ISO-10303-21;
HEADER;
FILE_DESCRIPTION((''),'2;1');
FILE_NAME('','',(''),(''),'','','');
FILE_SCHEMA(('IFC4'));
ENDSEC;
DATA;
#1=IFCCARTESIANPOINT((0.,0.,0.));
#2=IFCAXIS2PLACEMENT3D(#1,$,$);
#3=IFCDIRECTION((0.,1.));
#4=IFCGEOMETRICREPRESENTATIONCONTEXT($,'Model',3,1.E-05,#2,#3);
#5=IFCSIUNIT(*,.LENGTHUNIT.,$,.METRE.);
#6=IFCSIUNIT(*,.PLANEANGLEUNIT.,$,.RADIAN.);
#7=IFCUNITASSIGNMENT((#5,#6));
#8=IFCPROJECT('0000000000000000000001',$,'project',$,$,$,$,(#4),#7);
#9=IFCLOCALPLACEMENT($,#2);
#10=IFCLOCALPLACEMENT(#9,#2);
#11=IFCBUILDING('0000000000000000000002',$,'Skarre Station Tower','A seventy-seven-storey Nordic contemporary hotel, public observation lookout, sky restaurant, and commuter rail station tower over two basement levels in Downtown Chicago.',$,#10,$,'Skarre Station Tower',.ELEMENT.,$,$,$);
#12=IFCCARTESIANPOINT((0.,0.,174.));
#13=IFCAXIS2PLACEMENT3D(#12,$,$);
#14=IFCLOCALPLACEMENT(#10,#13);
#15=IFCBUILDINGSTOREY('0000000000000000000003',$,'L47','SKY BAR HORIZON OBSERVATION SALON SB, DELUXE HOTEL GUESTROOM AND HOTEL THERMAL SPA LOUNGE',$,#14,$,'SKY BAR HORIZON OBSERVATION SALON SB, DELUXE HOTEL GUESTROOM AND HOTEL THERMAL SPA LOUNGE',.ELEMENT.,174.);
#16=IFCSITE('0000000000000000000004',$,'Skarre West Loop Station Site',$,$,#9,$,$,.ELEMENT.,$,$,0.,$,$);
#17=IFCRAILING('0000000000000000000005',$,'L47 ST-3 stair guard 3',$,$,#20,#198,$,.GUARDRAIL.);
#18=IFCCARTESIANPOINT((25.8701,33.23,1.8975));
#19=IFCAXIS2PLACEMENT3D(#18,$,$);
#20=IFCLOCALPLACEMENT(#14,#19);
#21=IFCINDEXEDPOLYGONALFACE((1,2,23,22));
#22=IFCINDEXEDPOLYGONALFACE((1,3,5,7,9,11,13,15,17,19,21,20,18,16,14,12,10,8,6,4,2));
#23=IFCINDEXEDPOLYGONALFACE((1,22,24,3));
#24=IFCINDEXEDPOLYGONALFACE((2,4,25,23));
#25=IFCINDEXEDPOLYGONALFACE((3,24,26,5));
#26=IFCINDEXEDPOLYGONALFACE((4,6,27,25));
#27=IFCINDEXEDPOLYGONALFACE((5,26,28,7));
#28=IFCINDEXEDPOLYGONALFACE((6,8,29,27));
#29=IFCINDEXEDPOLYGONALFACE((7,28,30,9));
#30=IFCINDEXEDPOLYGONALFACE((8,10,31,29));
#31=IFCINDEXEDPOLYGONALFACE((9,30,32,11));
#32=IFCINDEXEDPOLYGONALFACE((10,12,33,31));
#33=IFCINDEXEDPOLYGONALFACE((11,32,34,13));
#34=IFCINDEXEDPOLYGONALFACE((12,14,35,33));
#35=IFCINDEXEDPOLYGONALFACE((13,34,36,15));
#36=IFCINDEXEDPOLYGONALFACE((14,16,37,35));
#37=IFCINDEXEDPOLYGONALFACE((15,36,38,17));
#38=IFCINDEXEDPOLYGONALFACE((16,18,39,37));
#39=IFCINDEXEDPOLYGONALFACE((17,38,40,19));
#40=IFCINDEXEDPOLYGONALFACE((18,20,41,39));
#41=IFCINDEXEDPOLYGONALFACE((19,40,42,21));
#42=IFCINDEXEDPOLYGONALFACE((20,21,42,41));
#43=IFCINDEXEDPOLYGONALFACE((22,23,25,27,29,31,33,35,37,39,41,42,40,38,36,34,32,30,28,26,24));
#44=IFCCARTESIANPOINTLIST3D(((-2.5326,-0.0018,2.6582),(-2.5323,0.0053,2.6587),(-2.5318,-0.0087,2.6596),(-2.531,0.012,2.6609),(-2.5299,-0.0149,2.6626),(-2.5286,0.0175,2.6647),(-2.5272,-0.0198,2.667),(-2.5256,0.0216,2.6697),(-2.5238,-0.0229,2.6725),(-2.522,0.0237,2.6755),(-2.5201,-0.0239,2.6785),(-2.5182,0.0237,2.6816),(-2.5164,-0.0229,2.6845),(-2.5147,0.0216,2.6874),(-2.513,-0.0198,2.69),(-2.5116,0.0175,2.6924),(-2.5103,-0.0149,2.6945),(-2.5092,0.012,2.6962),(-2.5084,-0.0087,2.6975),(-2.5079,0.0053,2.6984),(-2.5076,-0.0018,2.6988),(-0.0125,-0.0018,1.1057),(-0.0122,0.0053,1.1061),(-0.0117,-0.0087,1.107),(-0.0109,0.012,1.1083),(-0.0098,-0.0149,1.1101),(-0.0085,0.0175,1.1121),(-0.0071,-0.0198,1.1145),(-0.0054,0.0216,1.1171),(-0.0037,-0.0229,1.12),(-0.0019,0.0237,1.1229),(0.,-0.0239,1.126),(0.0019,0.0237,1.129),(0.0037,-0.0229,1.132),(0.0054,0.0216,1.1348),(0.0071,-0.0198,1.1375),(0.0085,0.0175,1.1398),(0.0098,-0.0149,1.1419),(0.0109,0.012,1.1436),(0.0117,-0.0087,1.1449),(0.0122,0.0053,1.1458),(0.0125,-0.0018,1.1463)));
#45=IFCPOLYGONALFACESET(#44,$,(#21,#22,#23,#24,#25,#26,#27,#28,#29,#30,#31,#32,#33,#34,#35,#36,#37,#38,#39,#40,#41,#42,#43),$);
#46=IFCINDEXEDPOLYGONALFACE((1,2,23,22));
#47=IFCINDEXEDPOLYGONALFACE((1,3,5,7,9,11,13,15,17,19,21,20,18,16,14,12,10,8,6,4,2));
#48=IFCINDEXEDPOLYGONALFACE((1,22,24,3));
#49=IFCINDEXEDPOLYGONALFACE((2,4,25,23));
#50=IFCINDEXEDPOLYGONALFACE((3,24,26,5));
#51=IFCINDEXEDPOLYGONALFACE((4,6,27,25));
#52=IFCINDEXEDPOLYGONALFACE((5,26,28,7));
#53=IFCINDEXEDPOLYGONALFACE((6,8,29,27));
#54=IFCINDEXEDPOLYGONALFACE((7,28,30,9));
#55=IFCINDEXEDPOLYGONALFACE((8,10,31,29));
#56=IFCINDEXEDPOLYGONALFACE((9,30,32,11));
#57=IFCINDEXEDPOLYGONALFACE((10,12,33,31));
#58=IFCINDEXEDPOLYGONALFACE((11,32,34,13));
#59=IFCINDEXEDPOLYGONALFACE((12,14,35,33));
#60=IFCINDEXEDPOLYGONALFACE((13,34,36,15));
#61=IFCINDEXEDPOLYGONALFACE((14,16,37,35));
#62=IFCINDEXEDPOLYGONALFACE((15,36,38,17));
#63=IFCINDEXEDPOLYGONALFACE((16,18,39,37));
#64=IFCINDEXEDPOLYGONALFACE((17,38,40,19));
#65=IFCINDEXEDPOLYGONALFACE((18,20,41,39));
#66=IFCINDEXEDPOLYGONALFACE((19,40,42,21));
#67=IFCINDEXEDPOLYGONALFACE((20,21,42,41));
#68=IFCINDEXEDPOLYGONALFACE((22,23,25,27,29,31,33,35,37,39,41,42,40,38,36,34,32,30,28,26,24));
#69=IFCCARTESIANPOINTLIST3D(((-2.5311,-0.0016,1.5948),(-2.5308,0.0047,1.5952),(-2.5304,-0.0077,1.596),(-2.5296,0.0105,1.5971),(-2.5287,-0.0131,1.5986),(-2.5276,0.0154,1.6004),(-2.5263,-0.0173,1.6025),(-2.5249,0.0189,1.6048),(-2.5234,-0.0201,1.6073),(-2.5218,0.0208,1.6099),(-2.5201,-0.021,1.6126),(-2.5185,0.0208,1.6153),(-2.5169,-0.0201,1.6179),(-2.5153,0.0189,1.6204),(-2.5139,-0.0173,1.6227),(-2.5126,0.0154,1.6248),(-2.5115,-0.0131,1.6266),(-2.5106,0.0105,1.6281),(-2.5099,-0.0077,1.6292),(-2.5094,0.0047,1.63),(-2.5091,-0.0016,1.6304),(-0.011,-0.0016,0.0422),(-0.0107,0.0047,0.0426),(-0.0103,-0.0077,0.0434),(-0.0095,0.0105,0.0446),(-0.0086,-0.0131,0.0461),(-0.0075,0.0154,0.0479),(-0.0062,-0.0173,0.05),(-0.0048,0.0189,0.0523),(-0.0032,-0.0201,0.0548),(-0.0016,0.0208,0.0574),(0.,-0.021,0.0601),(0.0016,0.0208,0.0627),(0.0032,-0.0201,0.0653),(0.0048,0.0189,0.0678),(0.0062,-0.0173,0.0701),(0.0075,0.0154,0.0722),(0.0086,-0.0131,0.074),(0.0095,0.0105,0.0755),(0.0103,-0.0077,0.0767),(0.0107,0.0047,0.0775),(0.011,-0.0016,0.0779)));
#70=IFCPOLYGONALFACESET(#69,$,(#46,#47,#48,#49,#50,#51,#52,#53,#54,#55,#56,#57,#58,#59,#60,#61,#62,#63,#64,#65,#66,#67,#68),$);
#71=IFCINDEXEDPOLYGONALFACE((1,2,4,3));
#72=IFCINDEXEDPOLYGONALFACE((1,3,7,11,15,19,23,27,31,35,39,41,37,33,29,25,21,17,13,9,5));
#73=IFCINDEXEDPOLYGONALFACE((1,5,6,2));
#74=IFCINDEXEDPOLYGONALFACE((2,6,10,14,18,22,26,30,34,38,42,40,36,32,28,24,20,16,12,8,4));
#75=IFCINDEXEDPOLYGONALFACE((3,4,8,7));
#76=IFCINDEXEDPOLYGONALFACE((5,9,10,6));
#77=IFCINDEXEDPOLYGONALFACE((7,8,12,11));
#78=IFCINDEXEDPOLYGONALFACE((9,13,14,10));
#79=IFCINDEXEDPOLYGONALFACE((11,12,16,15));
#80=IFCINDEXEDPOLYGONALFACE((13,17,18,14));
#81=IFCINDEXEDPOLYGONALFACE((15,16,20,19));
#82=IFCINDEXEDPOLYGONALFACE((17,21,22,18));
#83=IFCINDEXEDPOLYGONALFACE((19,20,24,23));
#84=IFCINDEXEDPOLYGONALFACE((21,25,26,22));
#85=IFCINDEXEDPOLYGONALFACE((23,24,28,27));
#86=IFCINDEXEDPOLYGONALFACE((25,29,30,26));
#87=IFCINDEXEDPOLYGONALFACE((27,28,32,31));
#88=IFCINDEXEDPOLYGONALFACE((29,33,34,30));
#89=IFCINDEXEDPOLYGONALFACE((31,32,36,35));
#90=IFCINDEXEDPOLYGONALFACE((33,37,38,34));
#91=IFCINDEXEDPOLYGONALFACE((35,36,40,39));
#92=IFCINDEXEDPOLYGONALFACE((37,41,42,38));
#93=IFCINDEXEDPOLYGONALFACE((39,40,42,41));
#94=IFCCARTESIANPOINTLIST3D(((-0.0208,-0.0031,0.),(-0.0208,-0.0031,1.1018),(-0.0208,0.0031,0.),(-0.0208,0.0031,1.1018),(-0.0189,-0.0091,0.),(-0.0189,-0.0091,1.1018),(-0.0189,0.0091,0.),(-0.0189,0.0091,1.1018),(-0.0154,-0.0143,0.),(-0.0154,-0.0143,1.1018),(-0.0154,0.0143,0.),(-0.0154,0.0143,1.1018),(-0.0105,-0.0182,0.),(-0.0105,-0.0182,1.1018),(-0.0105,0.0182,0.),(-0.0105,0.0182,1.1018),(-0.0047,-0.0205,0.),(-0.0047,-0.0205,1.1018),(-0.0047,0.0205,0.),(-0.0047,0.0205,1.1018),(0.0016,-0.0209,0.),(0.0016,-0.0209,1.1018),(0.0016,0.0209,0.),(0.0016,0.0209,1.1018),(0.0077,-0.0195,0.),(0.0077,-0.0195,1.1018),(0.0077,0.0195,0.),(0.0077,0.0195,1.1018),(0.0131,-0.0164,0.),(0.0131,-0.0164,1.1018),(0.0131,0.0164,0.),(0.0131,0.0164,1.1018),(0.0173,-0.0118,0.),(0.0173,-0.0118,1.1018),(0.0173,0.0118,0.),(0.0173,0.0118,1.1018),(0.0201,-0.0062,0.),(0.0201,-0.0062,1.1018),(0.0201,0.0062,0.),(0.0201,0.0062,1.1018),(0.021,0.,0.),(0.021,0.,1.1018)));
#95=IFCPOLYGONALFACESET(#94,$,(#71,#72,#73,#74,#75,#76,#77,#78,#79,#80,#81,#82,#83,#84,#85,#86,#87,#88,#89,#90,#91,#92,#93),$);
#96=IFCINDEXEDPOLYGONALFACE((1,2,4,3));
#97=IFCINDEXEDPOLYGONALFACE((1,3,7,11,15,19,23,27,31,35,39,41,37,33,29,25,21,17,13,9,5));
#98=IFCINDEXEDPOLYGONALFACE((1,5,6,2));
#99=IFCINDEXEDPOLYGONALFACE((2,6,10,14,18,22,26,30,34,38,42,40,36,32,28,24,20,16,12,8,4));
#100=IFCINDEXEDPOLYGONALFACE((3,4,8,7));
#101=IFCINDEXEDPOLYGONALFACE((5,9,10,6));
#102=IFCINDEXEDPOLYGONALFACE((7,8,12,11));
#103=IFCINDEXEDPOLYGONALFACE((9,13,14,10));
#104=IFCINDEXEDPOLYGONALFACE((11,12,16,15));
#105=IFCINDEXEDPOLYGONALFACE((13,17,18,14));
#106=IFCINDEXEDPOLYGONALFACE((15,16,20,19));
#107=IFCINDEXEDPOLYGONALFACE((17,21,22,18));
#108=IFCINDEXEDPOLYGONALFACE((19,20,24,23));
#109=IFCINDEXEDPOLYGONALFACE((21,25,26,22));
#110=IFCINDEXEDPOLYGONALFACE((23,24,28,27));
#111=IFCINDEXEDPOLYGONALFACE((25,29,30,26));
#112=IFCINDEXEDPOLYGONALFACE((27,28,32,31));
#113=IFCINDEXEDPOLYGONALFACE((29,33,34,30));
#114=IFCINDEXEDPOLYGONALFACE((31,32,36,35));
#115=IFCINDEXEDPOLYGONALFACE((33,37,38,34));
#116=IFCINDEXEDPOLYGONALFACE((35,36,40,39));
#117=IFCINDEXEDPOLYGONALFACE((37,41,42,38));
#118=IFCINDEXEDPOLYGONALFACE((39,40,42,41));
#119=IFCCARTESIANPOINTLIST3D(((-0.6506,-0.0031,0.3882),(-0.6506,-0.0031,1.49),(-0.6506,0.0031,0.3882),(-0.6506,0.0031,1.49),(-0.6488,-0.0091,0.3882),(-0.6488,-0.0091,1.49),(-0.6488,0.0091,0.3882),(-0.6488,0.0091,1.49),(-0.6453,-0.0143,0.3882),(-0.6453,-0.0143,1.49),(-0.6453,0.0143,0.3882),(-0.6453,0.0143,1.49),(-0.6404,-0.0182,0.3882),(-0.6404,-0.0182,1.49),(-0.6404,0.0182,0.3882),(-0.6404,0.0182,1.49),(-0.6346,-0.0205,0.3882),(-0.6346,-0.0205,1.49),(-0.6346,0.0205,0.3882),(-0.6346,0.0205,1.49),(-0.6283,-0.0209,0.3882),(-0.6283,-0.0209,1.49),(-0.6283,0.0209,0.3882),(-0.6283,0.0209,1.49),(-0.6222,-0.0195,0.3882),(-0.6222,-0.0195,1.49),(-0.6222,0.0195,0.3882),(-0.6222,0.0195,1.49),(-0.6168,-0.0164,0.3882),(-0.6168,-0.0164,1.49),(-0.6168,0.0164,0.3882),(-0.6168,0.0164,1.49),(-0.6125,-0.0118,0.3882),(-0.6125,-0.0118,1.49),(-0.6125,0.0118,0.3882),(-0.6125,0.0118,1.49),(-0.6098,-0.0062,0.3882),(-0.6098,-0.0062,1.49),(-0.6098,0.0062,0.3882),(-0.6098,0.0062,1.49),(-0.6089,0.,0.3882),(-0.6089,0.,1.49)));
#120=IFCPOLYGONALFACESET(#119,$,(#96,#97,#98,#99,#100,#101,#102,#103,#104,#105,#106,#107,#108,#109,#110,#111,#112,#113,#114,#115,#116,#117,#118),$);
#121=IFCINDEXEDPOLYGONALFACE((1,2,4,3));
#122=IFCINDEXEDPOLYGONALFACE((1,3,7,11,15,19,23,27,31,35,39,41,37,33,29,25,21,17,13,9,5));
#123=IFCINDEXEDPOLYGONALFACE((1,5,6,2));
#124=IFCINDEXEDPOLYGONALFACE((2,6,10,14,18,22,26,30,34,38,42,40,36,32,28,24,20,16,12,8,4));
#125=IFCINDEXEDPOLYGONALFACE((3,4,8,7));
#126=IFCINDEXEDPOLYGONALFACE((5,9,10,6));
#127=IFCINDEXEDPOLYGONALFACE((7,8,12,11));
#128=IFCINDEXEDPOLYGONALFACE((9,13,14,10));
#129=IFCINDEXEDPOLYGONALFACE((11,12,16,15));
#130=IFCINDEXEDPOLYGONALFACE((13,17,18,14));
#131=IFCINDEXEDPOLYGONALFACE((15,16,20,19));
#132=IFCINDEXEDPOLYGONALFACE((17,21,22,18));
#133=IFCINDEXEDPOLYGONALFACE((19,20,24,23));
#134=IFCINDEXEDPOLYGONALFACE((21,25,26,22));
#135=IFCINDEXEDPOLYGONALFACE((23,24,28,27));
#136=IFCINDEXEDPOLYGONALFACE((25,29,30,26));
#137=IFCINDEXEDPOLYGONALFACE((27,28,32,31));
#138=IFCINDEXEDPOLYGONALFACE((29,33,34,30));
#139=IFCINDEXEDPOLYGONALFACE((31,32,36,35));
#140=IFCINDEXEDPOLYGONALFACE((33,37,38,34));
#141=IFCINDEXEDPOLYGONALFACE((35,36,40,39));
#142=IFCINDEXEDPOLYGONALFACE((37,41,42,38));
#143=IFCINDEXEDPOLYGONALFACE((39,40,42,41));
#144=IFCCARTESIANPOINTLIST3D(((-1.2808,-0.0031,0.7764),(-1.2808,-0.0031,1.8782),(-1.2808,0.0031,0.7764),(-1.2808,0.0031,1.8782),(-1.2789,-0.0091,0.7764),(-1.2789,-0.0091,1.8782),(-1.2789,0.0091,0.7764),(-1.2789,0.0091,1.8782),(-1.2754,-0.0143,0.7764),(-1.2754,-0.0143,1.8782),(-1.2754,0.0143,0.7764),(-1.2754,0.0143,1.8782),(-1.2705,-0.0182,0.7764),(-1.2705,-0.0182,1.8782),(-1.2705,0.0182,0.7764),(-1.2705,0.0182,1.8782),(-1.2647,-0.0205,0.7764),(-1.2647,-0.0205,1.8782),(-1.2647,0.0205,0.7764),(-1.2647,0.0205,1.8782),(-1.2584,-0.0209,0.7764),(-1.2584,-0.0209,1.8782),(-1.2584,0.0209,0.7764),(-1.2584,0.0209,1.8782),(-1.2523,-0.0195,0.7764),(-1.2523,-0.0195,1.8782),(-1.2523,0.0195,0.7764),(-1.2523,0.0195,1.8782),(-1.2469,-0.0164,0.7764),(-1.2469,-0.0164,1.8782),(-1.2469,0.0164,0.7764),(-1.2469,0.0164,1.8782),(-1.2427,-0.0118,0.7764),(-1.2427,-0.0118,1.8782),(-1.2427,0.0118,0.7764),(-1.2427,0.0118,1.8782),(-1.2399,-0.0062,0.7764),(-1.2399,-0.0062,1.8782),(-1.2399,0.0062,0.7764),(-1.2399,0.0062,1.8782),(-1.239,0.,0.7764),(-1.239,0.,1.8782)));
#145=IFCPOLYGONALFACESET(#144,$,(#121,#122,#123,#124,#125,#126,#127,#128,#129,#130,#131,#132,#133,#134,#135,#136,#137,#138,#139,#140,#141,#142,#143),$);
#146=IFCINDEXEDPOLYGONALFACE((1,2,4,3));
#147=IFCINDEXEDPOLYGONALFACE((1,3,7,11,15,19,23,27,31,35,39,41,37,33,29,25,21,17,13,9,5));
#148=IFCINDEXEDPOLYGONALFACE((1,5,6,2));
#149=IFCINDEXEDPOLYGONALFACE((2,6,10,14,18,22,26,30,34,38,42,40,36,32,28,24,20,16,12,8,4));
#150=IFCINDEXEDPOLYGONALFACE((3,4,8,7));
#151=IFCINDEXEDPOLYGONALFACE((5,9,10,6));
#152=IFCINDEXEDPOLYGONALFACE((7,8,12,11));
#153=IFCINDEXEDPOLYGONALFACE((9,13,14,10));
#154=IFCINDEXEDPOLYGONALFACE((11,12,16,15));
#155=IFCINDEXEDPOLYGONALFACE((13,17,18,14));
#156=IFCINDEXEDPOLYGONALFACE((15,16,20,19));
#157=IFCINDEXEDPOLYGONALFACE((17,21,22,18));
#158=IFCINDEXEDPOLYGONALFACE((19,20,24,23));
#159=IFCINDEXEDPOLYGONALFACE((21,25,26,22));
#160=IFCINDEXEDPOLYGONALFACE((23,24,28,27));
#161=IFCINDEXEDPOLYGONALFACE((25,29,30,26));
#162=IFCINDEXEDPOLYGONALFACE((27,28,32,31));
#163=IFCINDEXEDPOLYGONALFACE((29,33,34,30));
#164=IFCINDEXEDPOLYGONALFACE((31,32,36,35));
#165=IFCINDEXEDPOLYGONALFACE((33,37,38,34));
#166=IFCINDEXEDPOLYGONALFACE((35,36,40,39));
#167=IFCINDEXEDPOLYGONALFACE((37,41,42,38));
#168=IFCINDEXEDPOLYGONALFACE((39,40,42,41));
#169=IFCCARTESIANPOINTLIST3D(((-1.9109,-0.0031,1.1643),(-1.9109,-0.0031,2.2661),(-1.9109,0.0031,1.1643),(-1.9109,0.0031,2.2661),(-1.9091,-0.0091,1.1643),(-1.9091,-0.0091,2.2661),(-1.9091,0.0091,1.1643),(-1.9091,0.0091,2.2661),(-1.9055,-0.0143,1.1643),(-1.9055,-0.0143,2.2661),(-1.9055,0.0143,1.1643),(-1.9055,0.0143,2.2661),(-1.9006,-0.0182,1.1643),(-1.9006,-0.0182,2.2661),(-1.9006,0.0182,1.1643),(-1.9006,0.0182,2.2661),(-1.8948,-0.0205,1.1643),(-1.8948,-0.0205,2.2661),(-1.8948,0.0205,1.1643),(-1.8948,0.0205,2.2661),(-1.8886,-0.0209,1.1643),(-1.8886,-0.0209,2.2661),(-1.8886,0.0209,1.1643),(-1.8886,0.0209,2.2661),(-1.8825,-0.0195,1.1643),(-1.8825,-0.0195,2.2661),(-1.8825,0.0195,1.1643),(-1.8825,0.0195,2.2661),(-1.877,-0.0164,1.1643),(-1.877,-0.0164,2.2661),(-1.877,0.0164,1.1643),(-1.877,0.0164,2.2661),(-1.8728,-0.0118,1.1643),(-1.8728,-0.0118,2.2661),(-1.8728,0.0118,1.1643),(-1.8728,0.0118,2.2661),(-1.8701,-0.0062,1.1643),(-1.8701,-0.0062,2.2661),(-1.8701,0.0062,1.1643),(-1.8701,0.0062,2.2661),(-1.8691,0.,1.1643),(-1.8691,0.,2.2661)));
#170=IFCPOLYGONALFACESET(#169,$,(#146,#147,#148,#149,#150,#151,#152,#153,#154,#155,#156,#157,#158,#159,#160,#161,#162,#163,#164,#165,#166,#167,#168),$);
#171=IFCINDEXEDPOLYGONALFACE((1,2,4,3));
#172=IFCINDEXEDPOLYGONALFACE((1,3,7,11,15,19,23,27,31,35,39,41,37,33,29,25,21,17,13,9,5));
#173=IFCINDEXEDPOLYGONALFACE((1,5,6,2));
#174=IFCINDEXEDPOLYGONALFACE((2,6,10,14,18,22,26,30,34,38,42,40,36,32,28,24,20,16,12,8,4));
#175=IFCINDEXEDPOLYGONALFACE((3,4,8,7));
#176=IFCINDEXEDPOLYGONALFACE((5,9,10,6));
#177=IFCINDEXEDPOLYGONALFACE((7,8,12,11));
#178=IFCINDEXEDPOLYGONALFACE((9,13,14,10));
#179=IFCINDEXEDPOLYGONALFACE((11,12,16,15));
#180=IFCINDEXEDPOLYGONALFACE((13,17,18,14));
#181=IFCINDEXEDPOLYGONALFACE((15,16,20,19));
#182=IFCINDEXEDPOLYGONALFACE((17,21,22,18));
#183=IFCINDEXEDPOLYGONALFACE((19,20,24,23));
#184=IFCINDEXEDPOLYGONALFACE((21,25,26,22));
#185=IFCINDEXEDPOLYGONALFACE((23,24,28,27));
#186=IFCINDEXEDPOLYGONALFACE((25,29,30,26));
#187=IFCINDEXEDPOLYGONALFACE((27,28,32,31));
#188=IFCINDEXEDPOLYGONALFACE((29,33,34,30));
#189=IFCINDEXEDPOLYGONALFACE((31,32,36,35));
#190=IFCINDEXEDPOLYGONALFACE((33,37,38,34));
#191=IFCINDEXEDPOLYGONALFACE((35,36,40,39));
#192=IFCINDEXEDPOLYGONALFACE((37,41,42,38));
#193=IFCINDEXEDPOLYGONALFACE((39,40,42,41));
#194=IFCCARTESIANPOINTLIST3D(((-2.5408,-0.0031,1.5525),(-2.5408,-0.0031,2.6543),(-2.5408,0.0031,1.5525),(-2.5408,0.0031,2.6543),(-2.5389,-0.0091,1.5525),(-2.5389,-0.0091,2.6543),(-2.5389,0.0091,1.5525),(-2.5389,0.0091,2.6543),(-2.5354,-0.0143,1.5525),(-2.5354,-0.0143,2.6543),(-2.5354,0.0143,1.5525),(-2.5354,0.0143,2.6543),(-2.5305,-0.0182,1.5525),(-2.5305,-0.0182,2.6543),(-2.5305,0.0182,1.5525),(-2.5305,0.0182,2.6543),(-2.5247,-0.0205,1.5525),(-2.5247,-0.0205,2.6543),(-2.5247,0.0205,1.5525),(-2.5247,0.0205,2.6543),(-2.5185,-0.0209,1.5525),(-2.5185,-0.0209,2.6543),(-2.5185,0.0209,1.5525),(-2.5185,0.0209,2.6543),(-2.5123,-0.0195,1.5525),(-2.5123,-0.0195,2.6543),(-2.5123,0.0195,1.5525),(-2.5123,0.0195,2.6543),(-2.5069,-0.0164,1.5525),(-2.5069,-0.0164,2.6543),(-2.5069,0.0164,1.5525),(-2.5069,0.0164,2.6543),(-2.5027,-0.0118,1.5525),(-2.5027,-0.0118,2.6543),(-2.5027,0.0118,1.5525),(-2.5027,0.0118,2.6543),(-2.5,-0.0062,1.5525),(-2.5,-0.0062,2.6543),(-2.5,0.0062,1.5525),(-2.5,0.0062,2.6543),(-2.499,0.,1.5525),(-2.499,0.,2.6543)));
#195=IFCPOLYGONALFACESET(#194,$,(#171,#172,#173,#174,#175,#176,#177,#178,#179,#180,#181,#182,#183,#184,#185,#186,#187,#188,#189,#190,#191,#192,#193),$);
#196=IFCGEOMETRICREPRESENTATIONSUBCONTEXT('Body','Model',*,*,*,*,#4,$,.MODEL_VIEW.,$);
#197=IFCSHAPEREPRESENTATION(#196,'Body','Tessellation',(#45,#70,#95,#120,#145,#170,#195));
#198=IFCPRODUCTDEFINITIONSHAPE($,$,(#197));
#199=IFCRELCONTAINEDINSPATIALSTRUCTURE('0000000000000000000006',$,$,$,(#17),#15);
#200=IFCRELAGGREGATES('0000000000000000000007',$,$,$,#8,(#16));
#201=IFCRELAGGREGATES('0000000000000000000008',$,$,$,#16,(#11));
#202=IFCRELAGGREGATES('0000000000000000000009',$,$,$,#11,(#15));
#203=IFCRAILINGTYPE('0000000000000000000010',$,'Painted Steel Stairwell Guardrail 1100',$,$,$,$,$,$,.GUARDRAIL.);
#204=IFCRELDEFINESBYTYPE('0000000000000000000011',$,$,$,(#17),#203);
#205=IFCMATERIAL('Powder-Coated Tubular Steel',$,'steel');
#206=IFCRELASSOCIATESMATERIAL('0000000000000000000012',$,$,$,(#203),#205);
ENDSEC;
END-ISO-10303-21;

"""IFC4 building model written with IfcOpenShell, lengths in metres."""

from ifc_helpers import new_model, si_unit, direction, frame, origin, origin_2d, place, context, subcontext, project, spatial, circle, extrude, material, type_object, element, save


model = new_model("IFC4")

# Units and contexts
model_context = context("Model", 3, precision=1e-05, world=origin(), true_north=direction((0.0, 1.0)))
body_context = subcontext(model_context, "Body", "Model", "MODEL_VIEW")
ifc_project = project(units=[si_unit("LENGTHUNIT", "METRE"), si_unit("PLANEANGLEUNIT", "RADIAN")], contexts=[model_context])

# Site, building, storey
site_placement = place(None, origin())
site = spatial("IfcSite", under=ifc_project, at=site_placement, Name="Skarre West Loop Station Site", CompositionType="ELEMENT", RefElevation=0.0)
building_placement = place(site_placement, origin())
building = spatial("IfcBuilding", under=site, at=building_placement, Name="Skarre Station Tower", Description="A seventy-seven-storey Nordic contemporary hotel, public observation lookout, sky restaurant, and commuter rail station tower over two basement levels in Downtown Chicago.", LongName="Skarre Station Tower", CompositionType="ELEMENT")
storey_placement = place(building_placement, frame((0.0, 0.0, 174.0)))
storey = spatial("IfcBuildingStorey", under=building, at=storey_placement, Name="L47", Description="SKY BAR HORIZON OBSERVATION SALON SB, DELUXE HOTEL GUESTROOM AND HOTEL THERMAL SPA LOUNGE", LongName="SKY BAR HORIZON OBSERVATION SALON SB, DELUXE HOTEL GUESTROOM AND HOTEL THERMAL SPA LOUNGE", CompositionType="ELEMENT", Elevation=174.0)

# Railing
ifc_material_1 = material(Name="Powder-Coated Tubular Steel", Category="steel")
railing_type_1 = type_object("IfcRailingType", Name="Painted Steel Stairwell Guardrail 1100", PredefinedType="GUARDRAIL", material=ifc_material_1)
railing_1_placement = place(storey_placement, frame((25.8701, 33.23, 1.8975)))
element("IfcRailing", 1, at=railing_1_placement, inside=storey, type_object=railing_type_1, Name="L47 ST-3 stair guard 3", PredefinedType="GUARDRAIL", context=body_context, shape_type="SweptSolid", body=[
    extrude(circle(Radius=0.0239, at=origin_2d()), frame((0.0, 0.0, 1.126), z_axis=(-0.8514, 0.0, 0.524516), x_axis=(0.0, -1.0, 0.0)), (0.0, 0.0, 1.0), 2.96),
    extrude(circle(Radius=0.021, at=origin_2d()), frame((0.0, 0.0, 0.0601), z_axis=(-0.8514, 0.0, 0.524516), x_axis=(0.0, -1.0, 0.0)), (0.0, 0.0, 1.0), 2.96),
    extrude(circle(Radius=0.021, at=origin_2d()), origin(), (0.0, 0.0, 1.0), 1.1018),
    extrude(circle(Radius=0.021, at=origin_2d()), frame((-0.6299, 0.0, 0.3882)), (0.0, 0.0, 1.0), 1.1018),
    extrude(circle(Radius=0.021, at=origin_2d()), frame((-1.26, 0.0, 0.7764)), (0.0, 0.0, 1.0), 1.1018),
    extrude(circle(Radius=0.021, at=origin_2d()), frame((-1.8901, 0.0, 1.1643)), (0.0, 0.0, 1.0), 1.1018),
    extrude(circle(Radius=0.021, at=origin_2d()), frame((-2.52, 0.0, 1.5525)), (0.0, 0.0, 1.0), 1.1018),
])

save(model, "model.ifc")
